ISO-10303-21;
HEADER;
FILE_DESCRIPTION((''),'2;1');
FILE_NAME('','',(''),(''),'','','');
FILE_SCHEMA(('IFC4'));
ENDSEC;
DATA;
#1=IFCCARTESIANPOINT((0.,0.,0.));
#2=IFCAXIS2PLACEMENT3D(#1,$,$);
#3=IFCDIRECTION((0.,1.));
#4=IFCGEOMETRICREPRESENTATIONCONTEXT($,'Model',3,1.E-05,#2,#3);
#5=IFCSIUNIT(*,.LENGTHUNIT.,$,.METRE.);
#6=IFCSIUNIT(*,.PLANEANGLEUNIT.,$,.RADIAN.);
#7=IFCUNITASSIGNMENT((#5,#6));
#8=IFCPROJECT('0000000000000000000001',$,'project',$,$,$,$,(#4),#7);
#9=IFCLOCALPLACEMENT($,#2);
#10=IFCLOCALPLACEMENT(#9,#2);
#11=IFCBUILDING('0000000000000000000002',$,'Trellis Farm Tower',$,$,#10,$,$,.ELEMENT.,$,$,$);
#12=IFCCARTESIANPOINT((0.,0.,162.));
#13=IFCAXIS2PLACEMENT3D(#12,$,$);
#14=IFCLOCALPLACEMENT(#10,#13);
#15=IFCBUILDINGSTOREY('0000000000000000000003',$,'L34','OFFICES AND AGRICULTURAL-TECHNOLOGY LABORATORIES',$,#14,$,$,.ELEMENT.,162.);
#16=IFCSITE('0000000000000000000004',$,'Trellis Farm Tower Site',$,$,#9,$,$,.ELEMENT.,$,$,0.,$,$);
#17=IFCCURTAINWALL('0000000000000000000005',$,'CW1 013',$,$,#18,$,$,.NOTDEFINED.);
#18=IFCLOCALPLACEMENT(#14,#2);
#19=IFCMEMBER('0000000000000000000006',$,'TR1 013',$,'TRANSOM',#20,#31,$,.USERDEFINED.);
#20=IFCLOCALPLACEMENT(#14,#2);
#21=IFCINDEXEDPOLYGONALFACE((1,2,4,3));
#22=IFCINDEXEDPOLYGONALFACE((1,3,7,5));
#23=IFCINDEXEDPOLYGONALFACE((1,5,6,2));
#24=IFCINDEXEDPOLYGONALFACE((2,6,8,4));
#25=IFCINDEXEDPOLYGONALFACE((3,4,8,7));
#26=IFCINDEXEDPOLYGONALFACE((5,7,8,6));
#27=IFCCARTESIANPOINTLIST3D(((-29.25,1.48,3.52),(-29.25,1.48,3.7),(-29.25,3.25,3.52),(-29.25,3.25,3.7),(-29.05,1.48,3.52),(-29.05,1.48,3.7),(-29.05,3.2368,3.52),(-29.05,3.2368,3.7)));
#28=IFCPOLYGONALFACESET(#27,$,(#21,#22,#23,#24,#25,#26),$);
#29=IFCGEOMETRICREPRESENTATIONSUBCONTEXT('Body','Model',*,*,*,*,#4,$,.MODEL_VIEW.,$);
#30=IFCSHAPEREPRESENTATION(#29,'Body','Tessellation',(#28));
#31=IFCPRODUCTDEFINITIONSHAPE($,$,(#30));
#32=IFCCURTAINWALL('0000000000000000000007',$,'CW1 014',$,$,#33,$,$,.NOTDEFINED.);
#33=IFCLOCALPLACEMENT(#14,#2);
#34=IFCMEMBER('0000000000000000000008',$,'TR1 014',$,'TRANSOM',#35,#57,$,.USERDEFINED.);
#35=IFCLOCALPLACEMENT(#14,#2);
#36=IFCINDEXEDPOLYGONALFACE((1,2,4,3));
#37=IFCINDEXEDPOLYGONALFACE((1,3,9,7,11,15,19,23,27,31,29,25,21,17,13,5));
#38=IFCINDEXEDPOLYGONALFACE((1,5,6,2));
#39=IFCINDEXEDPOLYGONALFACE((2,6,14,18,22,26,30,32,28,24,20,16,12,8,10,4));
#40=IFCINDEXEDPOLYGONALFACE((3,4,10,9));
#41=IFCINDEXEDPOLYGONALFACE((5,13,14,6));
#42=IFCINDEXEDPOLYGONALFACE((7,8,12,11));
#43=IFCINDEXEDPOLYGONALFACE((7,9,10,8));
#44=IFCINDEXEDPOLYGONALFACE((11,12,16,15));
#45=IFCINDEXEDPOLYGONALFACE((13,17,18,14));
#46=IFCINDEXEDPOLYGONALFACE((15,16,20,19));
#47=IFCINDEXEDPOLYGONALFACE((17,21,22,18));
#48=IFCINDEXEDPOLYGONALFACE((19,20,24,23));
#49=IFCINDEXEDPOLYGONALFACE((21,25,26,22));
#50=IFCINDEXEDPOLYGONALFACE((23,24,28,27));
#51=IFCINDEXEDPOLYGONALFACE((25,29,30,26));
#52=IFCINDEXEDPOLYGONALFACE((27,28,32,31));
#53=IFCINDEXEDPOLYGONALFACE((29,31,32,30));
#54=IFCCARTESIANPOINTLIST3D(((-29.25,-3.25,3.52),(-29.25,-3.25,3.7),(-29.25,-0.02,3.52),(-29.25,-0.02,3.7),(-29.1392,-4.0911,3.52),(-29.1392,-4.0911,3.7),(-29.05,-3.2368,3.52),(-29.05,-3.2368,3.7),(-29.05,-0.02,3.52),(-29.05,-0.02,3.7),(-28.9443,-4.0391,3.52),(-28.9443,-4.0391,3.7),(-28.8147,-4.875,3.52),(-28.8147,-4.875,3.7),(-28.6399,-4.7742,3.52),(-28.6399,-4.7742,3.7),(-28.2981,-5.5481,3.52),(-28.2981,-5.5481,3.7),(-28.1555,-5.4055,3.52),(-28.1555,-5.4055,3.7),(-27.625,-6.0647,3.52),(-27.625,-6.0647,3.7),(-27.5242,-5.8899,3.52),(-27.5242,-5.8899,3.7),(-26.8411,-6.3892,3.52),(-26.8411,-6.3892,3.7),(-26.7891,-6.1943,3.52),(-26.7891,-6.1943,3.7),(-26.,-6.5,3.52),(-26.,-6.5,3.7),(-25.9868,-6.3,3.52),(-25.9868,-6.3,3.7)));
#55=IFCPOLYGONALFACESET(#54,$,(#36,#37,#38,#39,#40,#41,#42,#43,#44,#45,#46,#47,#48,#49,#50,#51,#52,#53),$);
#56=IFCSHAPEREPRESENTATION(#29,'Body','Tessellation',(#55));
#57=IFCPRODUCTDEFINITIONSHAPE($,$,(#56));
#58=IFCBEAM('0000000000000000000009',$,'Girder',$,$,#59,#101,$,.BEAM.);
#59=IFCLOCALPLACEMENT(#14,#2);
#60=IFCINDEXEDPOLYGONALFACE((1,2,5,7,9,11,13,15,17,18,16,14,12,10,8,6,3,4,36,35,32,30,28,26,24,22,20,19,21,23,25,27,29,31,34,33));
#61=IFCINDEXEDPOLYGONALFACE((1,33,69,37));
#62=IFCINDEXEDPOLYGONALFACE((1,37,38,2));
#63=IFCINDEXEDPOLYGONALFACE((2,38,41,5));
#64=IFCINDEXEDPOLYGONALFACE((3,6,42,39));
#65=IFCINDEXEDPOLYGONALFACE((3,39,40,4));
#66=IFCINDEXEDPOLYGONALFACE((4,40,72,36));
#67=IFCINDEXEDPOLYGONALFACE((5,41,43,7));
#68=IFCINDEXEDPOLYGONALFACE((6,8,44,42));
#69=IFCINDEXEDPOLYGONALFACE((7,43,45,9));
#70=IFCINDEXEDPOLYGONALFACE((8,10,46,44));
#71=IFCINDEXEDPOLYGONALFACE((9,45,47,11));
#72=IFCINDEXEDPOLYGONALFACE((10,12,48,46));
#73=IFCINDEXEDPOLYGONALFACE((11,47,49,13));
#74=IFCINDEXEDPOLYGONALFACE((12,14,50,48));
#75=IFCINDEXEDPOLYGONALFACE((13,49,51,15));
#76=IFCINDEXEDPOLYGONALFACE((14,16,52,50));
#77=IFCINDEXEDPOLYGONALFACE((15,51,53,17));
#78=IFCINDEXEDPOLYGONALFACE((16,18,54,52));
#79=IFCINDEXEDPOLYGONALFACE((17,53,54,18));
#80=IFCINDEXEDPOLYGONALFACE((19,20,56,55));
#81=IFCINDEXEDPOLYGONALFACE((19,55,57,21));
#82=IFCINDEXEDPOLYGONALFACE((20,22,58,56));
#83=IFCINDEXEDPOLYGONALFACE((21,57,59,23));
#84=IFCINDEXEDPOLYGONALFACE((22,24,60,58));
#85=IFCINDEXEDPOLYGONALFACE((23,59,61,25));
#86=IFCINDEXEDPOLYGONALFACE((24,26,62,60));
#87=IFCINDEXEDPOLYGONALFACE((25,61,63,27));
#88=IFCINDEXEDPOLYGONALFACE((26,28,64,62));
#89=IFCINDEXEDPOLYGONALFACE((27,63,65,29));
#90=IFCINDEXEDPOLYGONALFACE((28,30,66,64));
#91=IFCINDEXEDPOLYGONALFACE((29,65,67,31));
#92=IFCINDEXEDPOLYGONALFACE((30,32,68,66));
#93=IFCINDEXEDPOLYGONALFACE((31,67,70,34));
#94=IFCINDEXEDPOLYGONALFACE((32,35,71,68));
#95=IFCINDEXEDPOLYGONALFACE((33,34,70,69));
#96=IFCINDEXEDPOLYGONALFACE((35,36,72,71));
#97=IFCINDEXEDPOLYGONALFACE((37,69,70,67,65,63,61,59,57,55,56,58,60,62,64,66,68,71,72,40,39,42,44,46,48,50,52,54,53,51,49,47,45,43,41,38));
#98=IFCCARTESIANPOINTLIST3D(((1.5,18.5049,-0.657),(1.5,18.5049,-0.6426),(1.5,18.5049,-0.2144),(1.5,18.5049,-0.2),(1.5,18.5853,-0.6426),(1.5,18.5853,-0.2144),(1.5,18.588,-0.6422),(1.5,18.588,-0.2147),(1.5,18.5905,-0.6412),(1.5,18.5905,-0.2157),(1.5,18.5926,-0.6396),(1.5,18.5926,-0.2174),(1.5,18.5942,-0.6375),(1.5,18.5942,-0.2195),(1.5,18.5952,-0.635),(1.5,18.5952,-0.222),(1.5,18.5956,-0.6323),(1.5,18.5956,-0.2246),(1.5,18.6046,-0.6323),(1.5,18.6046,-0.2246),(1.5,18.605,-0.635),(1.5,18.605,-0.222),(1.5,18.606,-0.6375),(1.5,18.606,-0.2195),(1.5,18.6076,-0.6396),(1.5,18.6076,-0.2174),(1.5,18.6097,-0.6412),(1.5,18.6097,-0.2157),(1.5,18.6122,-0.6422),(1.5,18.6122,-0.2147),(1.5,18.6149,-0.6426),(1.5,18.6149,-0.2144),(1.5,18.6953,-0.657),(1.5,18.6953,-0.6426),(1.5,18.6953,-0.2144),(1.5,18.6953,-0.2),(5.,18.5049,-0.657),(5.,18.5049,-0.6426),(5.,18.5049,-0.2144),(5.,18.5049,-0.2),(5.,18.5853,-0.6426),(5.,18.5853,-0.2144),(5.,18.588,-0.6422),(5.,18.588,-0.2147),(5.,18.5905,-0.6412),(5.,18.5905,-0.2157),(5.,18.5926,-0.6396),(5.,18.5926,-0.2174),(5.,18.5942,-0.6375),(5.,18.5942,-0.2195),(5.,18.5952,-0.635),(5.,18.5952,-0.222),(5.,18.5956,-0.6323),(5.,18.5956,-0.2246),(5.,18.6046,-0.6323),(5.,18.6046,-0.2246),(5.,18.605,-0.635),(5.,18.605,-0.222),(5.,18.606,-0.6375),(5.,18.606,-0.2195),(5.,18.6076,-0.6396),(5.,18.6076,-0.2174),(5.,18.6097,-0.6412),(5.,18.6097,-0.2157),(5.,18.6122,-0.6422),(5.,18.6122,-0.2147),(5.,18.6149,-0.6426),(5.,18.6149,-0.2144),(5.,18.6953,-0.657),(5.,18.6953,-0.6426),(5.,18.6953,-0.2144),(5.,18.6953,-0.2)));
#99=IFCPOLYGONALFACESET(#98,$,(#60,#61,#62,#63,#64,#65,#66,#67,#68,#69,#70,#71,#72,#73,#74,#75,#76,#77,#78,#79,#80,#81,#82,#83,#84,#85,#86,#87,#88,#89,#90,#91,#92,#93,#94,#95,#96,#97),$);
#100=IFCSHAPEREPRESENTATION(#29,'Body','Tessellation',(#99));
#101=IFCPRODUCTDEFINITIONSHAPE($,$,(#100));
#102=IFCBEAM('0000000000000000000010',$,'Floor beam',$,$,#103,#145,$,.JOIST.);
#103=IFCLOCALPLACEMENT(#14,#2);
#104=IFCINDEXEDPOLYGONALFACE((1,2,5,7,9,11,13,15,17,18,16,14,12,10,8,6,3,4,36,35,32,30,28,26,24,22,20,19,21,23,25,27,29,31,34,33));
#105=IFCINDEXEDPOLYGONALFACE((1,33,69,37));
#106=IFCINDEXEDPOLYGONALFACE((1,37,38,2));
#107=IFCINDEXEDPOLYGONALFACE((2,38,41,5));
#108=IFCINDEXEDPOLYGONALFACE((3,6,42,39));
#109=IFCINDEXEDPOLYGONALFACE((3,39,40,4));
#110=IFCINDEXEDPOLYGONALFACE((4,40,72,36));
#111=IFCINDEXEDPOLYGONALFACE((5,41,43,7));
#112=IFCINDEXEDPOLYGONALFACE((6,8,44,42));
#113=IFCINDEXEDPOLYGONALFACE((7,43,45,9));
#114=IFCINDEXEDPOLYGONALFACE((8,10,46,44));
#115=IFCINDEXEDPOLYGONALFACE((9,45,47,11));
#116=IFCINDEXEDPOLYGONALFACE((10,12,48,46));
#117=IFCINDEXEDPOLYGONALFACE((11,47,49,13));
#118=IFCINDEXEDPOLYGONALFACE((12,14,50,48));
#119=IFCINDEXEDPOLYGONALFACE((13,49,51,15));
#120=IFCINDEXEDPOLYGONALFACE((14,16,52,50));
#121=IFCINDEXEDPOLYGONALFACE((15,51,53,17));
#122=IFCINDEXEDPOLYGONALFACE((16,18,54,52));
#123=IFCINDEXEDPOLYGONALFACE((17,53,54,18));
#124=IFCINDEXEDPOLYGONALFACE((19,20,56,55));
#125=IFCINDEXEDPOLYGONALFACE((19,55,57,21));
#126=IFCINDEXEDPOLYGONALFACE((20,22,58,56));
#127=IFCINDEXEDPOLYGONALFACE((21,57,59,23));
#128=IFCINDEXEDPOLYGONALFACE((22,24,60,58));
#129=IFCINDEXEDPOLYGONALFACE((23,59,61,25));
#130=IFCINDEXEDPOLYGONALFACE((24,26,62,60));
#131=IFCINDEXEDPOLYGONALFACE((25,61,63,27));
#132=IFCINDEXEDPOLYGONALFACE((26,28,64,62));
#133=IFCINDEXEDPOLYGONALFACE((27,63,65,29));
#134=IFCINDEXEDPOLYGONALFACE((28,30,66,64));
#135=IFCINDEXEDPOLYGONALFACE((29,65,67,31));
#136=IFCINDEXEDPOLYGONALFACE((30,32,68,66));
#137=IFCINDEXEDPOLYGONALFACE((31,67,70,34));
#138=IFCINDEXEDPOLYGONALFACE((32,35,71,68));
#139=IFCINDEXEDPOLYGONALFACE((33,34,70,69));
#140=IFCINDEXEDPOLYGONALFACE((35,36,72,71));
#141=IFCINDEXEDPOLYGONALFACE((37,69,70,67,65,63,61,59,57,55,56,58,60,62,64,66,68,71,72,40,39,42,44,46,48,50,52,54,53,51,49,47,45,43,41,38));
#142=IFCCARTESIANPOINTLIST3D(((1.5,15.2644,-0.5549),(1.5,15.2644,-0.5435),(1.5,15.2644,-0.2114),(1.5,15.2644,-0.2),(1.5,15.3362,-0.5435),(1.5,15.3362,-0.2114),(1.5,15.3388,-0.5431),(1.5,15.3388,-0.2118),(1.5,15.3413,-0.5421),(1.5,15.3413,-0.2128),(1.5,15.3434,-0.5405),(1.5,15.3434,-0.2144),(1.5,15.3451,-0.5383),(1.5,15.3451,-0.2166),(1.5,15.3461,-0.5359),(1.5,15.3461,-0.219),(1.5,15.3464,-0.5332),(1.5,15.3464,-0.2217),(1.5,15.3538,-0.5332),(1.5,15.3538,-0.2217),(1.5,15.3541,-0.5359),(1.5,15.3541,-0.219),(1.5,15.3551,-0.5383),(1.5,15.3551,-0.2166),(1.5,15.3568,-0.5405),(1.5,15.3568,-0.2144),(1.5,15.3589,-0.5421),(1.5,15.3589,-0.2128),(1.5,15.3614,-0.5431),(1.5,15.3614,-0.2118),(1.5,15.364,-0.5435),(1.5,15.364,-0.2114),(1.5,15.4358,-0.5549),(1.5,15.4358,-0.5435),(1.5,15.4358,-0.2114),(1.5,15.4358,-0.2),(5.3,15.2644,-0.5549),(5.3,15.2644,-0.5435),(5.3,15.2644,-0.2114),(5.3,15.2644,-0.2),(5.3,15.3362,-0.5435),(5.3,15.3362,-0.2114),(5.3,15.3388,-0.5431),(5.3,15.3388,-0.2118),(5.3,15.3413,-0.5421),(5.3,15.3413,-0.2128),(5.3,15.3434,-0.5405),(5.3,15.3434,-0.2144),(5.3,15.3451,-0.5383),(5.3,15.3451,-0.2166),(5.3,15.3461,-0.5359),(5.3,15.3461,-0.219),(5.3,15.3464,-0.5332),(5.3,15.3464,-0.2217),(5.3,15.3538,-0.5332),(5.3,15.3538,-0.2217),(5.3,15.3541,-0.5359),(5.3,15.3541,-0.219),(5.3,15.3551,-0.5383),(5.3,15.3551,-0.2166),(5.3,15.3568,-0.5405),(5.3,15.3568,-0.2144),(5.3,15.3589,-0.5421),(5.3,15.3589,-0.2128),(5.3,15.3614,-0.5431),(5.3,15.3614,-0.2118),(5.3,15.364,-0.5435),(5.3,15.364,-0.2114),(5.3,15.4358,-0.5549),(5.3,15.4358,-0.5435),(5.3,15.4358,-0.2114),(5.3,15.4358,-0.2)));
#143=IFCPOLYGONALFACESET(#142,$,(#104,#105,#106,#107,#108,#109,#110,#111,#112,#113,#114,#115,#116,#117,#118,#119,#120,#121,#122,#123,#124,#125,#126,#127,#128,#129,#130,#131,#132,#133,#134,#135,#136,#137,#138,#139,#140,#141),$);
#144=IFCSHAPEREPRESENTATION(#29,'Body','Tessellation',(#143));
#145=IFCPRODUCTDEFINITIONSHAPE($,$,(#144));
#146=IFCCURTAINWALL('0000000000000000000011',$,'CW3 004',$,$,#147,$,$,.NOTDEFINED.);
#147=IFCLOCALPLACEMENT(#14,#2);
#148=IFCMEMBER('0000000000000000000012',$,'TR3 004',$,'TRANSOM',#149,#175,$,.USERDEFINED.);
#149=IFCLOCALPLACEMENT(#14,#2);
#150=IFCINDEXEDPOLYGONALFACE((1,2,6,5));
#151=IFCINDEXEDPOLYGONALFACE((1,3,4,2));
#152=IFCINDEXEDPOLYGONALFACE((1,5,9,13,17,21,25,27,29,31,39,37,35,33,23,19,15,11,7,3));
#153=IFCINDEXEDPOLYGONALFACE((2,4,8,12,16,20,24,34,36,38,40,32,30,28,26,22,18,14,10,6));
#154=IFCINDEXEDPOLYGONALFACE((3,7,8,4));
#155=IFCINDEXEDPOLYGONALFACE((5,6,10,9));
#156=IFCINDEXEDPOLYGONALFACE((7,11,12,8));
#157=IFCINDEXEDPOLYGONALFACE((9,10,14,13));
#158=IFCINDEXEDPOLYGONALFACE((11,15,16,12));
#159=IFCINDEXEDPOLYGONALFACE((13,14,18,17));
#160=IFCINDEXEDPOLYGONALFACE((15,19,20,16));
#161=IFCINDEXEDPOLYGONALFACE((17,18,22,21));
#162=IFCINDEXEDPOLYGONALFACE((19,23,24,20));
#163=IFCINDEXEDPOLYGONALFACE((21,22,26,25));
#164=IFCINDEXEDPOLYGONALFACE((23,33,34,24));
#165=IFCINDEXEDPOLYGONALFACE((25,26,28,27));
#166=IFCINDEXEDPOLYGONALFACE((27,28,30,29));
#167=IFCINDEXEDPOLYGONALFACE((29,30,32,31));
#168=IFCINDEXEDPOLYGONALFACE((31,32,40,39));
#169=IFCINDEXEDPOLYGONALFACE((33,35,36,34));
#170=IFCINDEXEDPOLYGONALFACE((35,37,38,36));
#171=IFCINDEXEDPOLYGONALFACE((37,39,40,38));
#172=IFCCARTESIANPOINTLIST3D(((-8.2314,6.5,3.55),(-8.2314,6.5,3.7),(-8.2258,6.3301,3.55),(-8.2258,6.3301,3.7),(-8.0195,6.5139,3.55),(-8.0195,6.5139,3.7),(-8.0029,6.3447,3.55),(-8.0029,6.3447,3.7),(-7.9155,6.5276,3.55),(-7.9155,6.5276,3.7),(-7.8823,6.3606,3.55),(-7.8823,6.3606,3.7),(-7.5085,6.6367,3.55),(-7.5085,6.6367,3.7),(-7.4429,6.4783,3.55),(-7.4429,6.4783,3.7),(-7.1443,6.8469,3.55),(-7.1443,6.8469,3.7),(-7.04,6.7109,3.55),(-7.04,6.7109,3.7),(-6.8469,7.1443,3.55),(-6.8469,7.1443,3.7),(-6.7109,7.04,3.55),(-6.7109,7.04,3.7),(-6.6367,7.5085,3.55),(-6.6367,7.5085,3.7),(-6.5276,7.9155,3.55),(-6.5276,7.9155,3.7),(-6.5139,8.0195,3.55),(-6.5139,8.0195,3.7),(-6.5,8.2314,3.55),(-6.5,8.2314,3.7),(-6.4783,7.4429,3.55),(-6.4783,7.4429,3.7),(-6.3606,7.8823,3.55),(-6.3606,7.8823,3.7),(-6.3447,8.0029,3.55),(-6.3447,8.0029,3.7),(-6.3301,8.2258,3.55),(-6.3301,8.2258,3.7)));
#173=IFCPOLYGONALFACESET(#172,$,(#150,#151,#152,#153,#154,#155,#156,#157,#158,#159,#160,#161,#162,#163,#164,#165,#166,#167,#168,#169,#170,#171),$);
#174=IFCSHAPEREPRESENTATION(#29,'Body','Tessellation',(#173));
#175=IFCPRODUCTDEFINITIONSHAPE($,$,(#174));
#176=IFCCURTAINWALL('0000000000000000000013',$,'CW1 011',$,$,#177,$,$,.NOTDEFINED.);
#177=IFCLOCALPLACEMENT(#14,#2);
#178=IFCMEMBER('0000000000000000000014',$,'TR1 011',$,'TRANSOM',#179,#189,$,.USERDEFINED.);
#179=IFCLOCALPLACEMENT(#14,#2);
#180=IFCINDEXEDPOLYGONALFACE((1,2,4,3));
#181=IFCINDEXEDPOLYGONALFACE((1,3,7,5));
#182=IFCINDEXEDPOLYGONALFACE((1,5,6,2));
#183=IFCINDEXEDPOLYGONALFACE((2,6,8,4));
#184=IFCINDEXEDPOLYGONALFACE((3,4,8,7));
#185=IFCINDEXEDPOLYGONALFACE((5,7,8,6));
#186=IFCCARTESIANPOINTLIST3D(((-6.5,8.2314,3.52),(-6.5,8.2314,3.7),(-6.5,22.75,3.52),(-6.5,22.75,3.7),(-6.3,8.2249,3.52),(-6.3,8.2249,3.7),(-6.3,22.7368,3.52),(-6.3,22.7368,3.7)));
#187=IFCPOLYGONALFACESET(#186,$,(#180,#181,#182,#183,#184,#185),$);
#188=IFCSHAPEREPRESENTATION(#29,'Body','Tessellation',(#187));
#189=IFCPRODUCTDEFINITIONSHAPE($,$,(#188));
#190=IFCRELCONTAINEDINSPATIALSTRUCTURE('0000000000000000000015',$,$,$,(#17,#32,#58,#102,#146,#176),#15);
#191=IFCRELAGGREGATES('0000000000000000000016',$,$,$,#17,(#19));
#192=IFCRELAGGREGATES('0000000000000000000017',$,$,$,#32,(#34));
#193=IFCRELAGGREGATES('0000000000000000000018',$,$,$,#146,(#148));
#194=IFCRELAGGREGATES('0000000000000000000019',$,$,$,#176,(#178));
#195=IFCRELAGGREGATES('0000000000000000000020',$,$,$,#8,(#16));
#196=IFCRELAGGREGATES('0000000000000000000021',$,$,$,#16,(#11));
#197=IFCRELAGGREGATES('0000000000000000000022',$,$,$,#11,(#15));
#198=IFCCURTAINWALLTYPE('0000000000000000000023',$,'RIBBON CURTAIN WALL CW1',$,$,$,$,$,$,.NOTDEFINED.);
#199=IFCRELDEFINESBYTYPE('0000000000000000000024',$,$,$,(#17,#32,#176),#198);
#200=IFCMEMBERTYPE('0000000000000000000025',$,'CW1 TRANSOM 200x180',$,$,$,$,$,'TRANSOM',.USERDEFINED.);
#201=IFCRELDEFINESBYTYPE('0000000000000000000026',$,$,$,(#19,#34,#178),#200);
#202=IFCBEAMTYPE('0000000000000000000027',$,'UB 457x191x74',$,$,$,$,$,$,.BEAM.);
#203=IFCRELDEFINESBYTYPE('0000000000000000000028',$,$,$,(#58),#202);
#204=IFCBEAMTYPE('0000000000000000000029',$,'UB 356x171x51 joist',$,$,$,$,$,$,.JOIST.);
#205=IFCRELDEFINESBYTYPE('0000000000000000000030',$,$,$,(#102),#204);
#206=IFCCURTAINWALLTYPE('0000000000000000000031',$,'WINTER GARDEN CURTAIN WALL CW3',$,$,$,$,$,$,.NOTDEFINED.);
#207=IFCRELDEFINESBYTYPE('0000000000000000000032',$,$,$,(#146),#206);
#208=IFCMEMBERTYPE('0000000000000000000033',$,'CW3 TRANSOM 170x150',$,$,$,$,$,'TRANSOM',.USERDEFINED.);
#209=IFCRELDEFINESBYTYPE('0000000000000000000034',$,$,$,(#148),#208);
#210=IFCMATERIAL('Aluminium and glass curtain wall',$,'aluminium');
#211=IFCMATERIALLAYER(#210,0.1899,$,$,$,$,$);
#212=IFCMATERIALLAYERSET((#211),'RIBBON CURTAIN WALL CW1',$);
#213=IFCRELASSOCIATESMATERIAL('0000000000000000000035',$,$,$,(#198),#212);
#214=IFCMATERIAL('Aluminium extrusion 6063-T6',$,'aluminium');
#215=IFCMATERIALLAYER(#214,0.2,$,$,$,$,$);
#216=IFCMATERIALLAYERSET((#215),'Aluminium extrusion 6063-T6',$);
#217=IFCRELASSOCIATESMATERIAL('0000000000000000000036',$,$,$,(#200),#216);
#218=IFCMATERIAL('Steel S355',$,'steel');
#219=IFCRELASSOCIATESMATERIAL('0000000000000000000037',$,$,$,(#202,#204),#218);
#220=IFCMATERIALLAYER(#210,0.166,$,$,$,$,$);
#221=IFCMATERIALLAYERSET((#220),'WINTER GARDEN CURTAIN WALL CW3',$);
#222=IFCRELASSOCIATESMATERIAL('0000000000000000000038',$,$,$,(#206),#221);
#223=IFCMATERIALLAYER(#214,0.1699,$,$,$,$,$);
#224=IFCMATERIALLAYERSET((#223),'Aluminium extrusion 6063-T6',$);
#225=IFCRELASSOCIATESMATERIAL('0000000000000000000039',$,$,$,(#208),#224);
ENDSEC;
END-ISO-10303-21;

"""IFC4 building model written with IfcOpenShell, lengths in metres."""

from ifc_helpers import new_model, si_unit, direction, frame, origin, origin_2d, place, context, subcontext, project, spatial, polyline, i_section, outline, extrude, source, transform, mapped, material, layer, layer_set, material_profile, profile_set, type_object, element, aggregate, save


model = new_model("IFC4")

# Units and contexts
model_context = context("Model", 3, precision=1e-05, world=origin(), true_north=direction((0.0, 1.0)))
body_context = subcontext(model_context, "Body", "Model", "MODEL_VIEW")
ifc_project = project(units=[si_unit("LENGTHUNIT", "METRE"), si_unit("PLANEANGLEUNIT", "RADIAN")], contexts=[model_context])

# Site, building, storey
site_placement = place(None, origin())
site = spatial("IfcSite", under=ifc_project, at=site_placement, Name="Trellis Farm Tower Site", CompositionType="ELEMENT", RefElevation=0.0)
building_placement = place(site_placement, origin())
building = spatial("IfcBuilding", under=site, at=building_placement, Name="Trellis Farm Tower", CompositionType="ELEMENT")
storey_placement = place(building_placement, frame((0.0, 0.0, 162.0)))
storey = spatial("IfcBuildingStorey", under=building, at=storey_placement, Name="L34", Description="OFFICES AND AGRICULTURAL-TECHNOLOGY LABORATORIES", CompositionType="ELEMENT", Elevation=162.0)

# Curtain walls, members
ifc_material_1 = material(Name="Aluminium and glass curtain wall", Category="aluminium")
ifc_layer_1 = layer(ifc_material_1, 0.1899)
ifc_layer_set_1 = layer_set([ifc_layer_1], Name="RIBBON CURTAIN WALL CW1")
curtain_wall_type_1 = type_object("IfcCurtainWallType", Name="RIBBON CURTAIN WALL CW1", PredefinedType="NOTDEFINED", material=ifc_layer_set_1)
placement_1 = place(storey_placement, origin())
curtain_wall_1 = element("IfcCurtainWall", 1, at=placement_1, inside=storey, type_object=curtain_wall_type_1, Name="CW1 013", PredefinedType="NOTDEFINED")
ifc_material_2 = material(Name="Aluminium extrusion 6063-T6", Category="aluminium")
ifc_layer_2 = layer(ifc_material_2, 0.2)
ifc_layer_set_2 = layer_set([ifc_layer_2], Name="Aluminium extrusion 6063-T6")
member_type_1 = type_object("IfcMemberType", Name="CW1 TRANSOM 200x180", ElementType="TRANSOM", PredefinedType="USERDEFINED", material=ifc_layer_set_2)
placement_2 = place(storey_placement, frame((0.0, 0.0, 3.52)))
member_1 = element("IfcMember", 2, at=placement_2, type_object=member_type_1, Name="TR1 013", ObjectType="TRANSOM", PredefinedType="USERDEFINED", context=body_context, shape_type="SweptSolid", body=[
    extrude(outline(polyline([(-29.25, 3.25), (-29.25, 1.48), (-29.05, 1.48), (-29.05, 3.2368), (-29.25, 3.25)])), origin(), (0.0, 0.0, 1.0), 0.1799),
])
curtain_wall_2 = element("IfcCurtainWall", 3, at=placement_1, inside=storey, type_object=curtain_wall_type_1, Name="CW1 014", PredefinedType="NOTDEFINED")
member_2 = element("IfcMember", 4, at=placement_2, type_object=member_type_1, Name="TR1 014", ObjectType="TRANSOM", PredefinedType="USERDEFINED", context=body_context, shape_type="SweptSolid", body=[
    extrude(outline(polyline([(-29.25, -0.02), (-29.25, -3.25), (-29.1392, -4.0911), (-28.8147, -4.875), (-28.2981, -5.5481), (-27.625, -6.0647), (-26.8411, -6.3892), (-26.0, -6.5), (-25.9868, -6.3), (-26.7891, -6.1943), (-27.5242, -5.8899), (-28.1555, -5.4055), (-28.6399, -4.7742), (-28.9443, -4.0391), (-29.05, -3.2368), (-29.05, -0.02), (-29.25, -0.02)])), origin(), (0.0, 0.0, 1.0), 0.1799),
])

# Beams
ifc_material_3 = material(Name="Steel S355", Category="steel")
ifc_material_profile_1 = material_profile(ifc_material_3, i_section(OverallWidth=0.1904, OverallDepth=0.457, WebThickness=0.009, FlangeThickness=0.0144, FilletRadius=0.0103, at=origin_2d()), Name="UB 457x191x74")
ifc_profile_set_1 = profile_set([ifc_material_profile_1], Name="Steel S355")
beam_type_1 = type_object("IfcBeamType", Name="UB 457x191x74", PredefinedType="BEAM", material=ifc_profile_set_1)
shared_shape_1 = source(origin(), body_context, "Body", "SweptSolid", [
    extrude(i_section(OverallWidth=0.1904, OverallDepth=0.457, WebThickness=0.009, FlangeThickness=0.0144, FilletRadius=0.0103, at=origin_2d()), origin(), (0.0, 0.0, 1.0), 3.5),
])
beam_1_placement = place(storey_placement, frame((1.5, 18.6001, -0.4285), z_axis=(1.0, 0.0, 0.0), x_axis=(0.0, 1.0, 0.0)))
element("IfcBeam", 5, at=beam_1_placement, inside=storey, type_object=beam_type_1, Name="Girder", PredefinedType="BEAM", context=body_context, shape_type="MappedRepresentation", body=[
    mapped(shared_shape_1, transform((0.0, 0.0, 0.0))),
])
ifc_material_profile_2 = material_profile(ifc_material_3, i_section(OverallWidth=0.1714, OverallDepth=0.355, WebThickness=0.0073, FlangeThickness=0.0115, FilletRadius=0.0103, at=origin_2d()), Name="UB 356x171x51")
ifc_profile_set_2 = profile_set([ifc_material_profile_2], Name="Steel S355")
beam_type_2 = type_object("IfcBeamType", Name="UB 356x171x51 joist", PredefinedType="JOIST", material=ifc_profile_set_2)
shared_shape_2 = source(origin(), body_context, "Body", "SweptSolid", [
    extrude(i_section(OverallWidth=0.1714, OverallDepth=0.355, WebThickness=0.0073, FlangeThickness=0.0115, FilletRadius=0.0103, at=origin_2d()), origin(), (0.0, 0.0, 1.0), 3.8),
])
beam_2_placement = place(storey_placement, frame((1.5, 15.3501, -0.3774), z_axis=(1.0, 0.0, 0.0), x_axis=(0.0, 1.0, 0.0)))
element("IfcBeam", 6, at=beam_2_placement, inside=storey, type_object=beam_type_2, Name="Floor beam", PredefinedType="JOIST", context=body_context, shape_type="MappedRepresentation", body=[
    mapped(shared_shape_2, transform((0.0, 0.0, 0.0))),
])

# Curtain walls, members
ifc_layer_3 = layer(ifc_material_1, 0.166)
ifc_layer_set_3 = layer_set([ifc_layer_3], Name="WINTER GARDEN CURTAIN WALL CW3")
curtain_wall_type_2 = type_object("IfcCurtainWallType", Name="WINTER GARDEN CURTAIN WALL CW3", PredefinedType="NOTDEFINED", material=ifc_layer_set_3)
curtain_wall_3 = element("IfcCurtainWall", 7, at=placement_1, inside=storey, type_object=curtain_wall_type_2, Name="CW3 004", PredefinedType="NOTDEFINED")
ifc_layer_4 = layer(ifc_material_2, 0.1699)
ifc_layer_set_4 = layer_set([ifc_layer_4], Name="Aluminium extrusion 6063-T6")
member_type_2 = type_object("IfcMemberType", Name="CW3 TRANSOM 170x150", ElementType="TRANSOM", PredefinedType="USERDEFINED", material=ifc_layer_set_4)
shared_shape_3 = source(origin(), body_context, "Body", "SweptSolid", [
    extrude(outline(polyline([(-6.5, 8.2314), (-6.5139, 8.0195), (-6.5276, 7.9155), (-6.6367, 7.5085), (-6.8469, 7.1443), (-7.1443, 6.8469), (-7.5085, 6.6367), (-7.9155, 6.5276), (-8.0195, 6.5139), (-8.2314, 6.5), (-8.2258, 6.3301), (-8.0029, 6.3447), (-7.8823, 6.3606), (-7.4429, 6.4783), (-7.04, 6.7109), (-6.7109, 7.04), (-6.4783, 7.4429), (-6.3606, 7.8823), (-6.3447, 8.0029), (-6.3301, 8.2258), (-6.5, 8.2314)])), origin(), (0.0, 0.0, 1.0), 0.1499),
])
member_3_placement = place(storey_placement, frame((0.0, 0.0, 3.55)))
member_3 = element("IfcMember", 8, at=member_3_placement, type_object=member_type_2, Name="TR3 004", ObjectType="TRANSOM", PredefinedType="USERDEFINED", context=body_context, shape_type="MappedRepresentation", body=[
    mapped(shared_shape_3, transform((0.0, 0.0, 0.0))),
])
curtain_wall_4 = element("IfcCurtainWall", 9, at=placement_1, inside=storey, type_object=curtain_wall_type_1, Name="CW1 011", PredefinedType="NOTDEFINED")
shared_shape_4 = source(origin(), body_context, "Body", "SweptSolid", [
    extrude(outline(polyline([(-6.5, 22.75), (-6.5, 8.2314), (-6.3, 8.2249), (-6.3, 22.7368), (-6.5, 22.75)])), origin(), (0.0, 0.0, 1.0), 0.1799),
])
member_4 = element("IfcMember", 10, at=placement_2, type_object=member_type_1, Name="TR1 011", ObjectType="TRANSOM", PredefinedType="USERDEFINED", context=body_context, shape_type="MappedRepresentation", body=[
    mapped(shared_shape_4, transform((0.0, 0.0, 0.0))),
])

aggregate(curtain_wall_1, [member_1])
aggregate(curtain_wall_2, [member_2])
aggregate(curtain_wall_3, [member_3])
aggregate(curtain_wall_4, [member_4])

save(model, "model.ifc")
